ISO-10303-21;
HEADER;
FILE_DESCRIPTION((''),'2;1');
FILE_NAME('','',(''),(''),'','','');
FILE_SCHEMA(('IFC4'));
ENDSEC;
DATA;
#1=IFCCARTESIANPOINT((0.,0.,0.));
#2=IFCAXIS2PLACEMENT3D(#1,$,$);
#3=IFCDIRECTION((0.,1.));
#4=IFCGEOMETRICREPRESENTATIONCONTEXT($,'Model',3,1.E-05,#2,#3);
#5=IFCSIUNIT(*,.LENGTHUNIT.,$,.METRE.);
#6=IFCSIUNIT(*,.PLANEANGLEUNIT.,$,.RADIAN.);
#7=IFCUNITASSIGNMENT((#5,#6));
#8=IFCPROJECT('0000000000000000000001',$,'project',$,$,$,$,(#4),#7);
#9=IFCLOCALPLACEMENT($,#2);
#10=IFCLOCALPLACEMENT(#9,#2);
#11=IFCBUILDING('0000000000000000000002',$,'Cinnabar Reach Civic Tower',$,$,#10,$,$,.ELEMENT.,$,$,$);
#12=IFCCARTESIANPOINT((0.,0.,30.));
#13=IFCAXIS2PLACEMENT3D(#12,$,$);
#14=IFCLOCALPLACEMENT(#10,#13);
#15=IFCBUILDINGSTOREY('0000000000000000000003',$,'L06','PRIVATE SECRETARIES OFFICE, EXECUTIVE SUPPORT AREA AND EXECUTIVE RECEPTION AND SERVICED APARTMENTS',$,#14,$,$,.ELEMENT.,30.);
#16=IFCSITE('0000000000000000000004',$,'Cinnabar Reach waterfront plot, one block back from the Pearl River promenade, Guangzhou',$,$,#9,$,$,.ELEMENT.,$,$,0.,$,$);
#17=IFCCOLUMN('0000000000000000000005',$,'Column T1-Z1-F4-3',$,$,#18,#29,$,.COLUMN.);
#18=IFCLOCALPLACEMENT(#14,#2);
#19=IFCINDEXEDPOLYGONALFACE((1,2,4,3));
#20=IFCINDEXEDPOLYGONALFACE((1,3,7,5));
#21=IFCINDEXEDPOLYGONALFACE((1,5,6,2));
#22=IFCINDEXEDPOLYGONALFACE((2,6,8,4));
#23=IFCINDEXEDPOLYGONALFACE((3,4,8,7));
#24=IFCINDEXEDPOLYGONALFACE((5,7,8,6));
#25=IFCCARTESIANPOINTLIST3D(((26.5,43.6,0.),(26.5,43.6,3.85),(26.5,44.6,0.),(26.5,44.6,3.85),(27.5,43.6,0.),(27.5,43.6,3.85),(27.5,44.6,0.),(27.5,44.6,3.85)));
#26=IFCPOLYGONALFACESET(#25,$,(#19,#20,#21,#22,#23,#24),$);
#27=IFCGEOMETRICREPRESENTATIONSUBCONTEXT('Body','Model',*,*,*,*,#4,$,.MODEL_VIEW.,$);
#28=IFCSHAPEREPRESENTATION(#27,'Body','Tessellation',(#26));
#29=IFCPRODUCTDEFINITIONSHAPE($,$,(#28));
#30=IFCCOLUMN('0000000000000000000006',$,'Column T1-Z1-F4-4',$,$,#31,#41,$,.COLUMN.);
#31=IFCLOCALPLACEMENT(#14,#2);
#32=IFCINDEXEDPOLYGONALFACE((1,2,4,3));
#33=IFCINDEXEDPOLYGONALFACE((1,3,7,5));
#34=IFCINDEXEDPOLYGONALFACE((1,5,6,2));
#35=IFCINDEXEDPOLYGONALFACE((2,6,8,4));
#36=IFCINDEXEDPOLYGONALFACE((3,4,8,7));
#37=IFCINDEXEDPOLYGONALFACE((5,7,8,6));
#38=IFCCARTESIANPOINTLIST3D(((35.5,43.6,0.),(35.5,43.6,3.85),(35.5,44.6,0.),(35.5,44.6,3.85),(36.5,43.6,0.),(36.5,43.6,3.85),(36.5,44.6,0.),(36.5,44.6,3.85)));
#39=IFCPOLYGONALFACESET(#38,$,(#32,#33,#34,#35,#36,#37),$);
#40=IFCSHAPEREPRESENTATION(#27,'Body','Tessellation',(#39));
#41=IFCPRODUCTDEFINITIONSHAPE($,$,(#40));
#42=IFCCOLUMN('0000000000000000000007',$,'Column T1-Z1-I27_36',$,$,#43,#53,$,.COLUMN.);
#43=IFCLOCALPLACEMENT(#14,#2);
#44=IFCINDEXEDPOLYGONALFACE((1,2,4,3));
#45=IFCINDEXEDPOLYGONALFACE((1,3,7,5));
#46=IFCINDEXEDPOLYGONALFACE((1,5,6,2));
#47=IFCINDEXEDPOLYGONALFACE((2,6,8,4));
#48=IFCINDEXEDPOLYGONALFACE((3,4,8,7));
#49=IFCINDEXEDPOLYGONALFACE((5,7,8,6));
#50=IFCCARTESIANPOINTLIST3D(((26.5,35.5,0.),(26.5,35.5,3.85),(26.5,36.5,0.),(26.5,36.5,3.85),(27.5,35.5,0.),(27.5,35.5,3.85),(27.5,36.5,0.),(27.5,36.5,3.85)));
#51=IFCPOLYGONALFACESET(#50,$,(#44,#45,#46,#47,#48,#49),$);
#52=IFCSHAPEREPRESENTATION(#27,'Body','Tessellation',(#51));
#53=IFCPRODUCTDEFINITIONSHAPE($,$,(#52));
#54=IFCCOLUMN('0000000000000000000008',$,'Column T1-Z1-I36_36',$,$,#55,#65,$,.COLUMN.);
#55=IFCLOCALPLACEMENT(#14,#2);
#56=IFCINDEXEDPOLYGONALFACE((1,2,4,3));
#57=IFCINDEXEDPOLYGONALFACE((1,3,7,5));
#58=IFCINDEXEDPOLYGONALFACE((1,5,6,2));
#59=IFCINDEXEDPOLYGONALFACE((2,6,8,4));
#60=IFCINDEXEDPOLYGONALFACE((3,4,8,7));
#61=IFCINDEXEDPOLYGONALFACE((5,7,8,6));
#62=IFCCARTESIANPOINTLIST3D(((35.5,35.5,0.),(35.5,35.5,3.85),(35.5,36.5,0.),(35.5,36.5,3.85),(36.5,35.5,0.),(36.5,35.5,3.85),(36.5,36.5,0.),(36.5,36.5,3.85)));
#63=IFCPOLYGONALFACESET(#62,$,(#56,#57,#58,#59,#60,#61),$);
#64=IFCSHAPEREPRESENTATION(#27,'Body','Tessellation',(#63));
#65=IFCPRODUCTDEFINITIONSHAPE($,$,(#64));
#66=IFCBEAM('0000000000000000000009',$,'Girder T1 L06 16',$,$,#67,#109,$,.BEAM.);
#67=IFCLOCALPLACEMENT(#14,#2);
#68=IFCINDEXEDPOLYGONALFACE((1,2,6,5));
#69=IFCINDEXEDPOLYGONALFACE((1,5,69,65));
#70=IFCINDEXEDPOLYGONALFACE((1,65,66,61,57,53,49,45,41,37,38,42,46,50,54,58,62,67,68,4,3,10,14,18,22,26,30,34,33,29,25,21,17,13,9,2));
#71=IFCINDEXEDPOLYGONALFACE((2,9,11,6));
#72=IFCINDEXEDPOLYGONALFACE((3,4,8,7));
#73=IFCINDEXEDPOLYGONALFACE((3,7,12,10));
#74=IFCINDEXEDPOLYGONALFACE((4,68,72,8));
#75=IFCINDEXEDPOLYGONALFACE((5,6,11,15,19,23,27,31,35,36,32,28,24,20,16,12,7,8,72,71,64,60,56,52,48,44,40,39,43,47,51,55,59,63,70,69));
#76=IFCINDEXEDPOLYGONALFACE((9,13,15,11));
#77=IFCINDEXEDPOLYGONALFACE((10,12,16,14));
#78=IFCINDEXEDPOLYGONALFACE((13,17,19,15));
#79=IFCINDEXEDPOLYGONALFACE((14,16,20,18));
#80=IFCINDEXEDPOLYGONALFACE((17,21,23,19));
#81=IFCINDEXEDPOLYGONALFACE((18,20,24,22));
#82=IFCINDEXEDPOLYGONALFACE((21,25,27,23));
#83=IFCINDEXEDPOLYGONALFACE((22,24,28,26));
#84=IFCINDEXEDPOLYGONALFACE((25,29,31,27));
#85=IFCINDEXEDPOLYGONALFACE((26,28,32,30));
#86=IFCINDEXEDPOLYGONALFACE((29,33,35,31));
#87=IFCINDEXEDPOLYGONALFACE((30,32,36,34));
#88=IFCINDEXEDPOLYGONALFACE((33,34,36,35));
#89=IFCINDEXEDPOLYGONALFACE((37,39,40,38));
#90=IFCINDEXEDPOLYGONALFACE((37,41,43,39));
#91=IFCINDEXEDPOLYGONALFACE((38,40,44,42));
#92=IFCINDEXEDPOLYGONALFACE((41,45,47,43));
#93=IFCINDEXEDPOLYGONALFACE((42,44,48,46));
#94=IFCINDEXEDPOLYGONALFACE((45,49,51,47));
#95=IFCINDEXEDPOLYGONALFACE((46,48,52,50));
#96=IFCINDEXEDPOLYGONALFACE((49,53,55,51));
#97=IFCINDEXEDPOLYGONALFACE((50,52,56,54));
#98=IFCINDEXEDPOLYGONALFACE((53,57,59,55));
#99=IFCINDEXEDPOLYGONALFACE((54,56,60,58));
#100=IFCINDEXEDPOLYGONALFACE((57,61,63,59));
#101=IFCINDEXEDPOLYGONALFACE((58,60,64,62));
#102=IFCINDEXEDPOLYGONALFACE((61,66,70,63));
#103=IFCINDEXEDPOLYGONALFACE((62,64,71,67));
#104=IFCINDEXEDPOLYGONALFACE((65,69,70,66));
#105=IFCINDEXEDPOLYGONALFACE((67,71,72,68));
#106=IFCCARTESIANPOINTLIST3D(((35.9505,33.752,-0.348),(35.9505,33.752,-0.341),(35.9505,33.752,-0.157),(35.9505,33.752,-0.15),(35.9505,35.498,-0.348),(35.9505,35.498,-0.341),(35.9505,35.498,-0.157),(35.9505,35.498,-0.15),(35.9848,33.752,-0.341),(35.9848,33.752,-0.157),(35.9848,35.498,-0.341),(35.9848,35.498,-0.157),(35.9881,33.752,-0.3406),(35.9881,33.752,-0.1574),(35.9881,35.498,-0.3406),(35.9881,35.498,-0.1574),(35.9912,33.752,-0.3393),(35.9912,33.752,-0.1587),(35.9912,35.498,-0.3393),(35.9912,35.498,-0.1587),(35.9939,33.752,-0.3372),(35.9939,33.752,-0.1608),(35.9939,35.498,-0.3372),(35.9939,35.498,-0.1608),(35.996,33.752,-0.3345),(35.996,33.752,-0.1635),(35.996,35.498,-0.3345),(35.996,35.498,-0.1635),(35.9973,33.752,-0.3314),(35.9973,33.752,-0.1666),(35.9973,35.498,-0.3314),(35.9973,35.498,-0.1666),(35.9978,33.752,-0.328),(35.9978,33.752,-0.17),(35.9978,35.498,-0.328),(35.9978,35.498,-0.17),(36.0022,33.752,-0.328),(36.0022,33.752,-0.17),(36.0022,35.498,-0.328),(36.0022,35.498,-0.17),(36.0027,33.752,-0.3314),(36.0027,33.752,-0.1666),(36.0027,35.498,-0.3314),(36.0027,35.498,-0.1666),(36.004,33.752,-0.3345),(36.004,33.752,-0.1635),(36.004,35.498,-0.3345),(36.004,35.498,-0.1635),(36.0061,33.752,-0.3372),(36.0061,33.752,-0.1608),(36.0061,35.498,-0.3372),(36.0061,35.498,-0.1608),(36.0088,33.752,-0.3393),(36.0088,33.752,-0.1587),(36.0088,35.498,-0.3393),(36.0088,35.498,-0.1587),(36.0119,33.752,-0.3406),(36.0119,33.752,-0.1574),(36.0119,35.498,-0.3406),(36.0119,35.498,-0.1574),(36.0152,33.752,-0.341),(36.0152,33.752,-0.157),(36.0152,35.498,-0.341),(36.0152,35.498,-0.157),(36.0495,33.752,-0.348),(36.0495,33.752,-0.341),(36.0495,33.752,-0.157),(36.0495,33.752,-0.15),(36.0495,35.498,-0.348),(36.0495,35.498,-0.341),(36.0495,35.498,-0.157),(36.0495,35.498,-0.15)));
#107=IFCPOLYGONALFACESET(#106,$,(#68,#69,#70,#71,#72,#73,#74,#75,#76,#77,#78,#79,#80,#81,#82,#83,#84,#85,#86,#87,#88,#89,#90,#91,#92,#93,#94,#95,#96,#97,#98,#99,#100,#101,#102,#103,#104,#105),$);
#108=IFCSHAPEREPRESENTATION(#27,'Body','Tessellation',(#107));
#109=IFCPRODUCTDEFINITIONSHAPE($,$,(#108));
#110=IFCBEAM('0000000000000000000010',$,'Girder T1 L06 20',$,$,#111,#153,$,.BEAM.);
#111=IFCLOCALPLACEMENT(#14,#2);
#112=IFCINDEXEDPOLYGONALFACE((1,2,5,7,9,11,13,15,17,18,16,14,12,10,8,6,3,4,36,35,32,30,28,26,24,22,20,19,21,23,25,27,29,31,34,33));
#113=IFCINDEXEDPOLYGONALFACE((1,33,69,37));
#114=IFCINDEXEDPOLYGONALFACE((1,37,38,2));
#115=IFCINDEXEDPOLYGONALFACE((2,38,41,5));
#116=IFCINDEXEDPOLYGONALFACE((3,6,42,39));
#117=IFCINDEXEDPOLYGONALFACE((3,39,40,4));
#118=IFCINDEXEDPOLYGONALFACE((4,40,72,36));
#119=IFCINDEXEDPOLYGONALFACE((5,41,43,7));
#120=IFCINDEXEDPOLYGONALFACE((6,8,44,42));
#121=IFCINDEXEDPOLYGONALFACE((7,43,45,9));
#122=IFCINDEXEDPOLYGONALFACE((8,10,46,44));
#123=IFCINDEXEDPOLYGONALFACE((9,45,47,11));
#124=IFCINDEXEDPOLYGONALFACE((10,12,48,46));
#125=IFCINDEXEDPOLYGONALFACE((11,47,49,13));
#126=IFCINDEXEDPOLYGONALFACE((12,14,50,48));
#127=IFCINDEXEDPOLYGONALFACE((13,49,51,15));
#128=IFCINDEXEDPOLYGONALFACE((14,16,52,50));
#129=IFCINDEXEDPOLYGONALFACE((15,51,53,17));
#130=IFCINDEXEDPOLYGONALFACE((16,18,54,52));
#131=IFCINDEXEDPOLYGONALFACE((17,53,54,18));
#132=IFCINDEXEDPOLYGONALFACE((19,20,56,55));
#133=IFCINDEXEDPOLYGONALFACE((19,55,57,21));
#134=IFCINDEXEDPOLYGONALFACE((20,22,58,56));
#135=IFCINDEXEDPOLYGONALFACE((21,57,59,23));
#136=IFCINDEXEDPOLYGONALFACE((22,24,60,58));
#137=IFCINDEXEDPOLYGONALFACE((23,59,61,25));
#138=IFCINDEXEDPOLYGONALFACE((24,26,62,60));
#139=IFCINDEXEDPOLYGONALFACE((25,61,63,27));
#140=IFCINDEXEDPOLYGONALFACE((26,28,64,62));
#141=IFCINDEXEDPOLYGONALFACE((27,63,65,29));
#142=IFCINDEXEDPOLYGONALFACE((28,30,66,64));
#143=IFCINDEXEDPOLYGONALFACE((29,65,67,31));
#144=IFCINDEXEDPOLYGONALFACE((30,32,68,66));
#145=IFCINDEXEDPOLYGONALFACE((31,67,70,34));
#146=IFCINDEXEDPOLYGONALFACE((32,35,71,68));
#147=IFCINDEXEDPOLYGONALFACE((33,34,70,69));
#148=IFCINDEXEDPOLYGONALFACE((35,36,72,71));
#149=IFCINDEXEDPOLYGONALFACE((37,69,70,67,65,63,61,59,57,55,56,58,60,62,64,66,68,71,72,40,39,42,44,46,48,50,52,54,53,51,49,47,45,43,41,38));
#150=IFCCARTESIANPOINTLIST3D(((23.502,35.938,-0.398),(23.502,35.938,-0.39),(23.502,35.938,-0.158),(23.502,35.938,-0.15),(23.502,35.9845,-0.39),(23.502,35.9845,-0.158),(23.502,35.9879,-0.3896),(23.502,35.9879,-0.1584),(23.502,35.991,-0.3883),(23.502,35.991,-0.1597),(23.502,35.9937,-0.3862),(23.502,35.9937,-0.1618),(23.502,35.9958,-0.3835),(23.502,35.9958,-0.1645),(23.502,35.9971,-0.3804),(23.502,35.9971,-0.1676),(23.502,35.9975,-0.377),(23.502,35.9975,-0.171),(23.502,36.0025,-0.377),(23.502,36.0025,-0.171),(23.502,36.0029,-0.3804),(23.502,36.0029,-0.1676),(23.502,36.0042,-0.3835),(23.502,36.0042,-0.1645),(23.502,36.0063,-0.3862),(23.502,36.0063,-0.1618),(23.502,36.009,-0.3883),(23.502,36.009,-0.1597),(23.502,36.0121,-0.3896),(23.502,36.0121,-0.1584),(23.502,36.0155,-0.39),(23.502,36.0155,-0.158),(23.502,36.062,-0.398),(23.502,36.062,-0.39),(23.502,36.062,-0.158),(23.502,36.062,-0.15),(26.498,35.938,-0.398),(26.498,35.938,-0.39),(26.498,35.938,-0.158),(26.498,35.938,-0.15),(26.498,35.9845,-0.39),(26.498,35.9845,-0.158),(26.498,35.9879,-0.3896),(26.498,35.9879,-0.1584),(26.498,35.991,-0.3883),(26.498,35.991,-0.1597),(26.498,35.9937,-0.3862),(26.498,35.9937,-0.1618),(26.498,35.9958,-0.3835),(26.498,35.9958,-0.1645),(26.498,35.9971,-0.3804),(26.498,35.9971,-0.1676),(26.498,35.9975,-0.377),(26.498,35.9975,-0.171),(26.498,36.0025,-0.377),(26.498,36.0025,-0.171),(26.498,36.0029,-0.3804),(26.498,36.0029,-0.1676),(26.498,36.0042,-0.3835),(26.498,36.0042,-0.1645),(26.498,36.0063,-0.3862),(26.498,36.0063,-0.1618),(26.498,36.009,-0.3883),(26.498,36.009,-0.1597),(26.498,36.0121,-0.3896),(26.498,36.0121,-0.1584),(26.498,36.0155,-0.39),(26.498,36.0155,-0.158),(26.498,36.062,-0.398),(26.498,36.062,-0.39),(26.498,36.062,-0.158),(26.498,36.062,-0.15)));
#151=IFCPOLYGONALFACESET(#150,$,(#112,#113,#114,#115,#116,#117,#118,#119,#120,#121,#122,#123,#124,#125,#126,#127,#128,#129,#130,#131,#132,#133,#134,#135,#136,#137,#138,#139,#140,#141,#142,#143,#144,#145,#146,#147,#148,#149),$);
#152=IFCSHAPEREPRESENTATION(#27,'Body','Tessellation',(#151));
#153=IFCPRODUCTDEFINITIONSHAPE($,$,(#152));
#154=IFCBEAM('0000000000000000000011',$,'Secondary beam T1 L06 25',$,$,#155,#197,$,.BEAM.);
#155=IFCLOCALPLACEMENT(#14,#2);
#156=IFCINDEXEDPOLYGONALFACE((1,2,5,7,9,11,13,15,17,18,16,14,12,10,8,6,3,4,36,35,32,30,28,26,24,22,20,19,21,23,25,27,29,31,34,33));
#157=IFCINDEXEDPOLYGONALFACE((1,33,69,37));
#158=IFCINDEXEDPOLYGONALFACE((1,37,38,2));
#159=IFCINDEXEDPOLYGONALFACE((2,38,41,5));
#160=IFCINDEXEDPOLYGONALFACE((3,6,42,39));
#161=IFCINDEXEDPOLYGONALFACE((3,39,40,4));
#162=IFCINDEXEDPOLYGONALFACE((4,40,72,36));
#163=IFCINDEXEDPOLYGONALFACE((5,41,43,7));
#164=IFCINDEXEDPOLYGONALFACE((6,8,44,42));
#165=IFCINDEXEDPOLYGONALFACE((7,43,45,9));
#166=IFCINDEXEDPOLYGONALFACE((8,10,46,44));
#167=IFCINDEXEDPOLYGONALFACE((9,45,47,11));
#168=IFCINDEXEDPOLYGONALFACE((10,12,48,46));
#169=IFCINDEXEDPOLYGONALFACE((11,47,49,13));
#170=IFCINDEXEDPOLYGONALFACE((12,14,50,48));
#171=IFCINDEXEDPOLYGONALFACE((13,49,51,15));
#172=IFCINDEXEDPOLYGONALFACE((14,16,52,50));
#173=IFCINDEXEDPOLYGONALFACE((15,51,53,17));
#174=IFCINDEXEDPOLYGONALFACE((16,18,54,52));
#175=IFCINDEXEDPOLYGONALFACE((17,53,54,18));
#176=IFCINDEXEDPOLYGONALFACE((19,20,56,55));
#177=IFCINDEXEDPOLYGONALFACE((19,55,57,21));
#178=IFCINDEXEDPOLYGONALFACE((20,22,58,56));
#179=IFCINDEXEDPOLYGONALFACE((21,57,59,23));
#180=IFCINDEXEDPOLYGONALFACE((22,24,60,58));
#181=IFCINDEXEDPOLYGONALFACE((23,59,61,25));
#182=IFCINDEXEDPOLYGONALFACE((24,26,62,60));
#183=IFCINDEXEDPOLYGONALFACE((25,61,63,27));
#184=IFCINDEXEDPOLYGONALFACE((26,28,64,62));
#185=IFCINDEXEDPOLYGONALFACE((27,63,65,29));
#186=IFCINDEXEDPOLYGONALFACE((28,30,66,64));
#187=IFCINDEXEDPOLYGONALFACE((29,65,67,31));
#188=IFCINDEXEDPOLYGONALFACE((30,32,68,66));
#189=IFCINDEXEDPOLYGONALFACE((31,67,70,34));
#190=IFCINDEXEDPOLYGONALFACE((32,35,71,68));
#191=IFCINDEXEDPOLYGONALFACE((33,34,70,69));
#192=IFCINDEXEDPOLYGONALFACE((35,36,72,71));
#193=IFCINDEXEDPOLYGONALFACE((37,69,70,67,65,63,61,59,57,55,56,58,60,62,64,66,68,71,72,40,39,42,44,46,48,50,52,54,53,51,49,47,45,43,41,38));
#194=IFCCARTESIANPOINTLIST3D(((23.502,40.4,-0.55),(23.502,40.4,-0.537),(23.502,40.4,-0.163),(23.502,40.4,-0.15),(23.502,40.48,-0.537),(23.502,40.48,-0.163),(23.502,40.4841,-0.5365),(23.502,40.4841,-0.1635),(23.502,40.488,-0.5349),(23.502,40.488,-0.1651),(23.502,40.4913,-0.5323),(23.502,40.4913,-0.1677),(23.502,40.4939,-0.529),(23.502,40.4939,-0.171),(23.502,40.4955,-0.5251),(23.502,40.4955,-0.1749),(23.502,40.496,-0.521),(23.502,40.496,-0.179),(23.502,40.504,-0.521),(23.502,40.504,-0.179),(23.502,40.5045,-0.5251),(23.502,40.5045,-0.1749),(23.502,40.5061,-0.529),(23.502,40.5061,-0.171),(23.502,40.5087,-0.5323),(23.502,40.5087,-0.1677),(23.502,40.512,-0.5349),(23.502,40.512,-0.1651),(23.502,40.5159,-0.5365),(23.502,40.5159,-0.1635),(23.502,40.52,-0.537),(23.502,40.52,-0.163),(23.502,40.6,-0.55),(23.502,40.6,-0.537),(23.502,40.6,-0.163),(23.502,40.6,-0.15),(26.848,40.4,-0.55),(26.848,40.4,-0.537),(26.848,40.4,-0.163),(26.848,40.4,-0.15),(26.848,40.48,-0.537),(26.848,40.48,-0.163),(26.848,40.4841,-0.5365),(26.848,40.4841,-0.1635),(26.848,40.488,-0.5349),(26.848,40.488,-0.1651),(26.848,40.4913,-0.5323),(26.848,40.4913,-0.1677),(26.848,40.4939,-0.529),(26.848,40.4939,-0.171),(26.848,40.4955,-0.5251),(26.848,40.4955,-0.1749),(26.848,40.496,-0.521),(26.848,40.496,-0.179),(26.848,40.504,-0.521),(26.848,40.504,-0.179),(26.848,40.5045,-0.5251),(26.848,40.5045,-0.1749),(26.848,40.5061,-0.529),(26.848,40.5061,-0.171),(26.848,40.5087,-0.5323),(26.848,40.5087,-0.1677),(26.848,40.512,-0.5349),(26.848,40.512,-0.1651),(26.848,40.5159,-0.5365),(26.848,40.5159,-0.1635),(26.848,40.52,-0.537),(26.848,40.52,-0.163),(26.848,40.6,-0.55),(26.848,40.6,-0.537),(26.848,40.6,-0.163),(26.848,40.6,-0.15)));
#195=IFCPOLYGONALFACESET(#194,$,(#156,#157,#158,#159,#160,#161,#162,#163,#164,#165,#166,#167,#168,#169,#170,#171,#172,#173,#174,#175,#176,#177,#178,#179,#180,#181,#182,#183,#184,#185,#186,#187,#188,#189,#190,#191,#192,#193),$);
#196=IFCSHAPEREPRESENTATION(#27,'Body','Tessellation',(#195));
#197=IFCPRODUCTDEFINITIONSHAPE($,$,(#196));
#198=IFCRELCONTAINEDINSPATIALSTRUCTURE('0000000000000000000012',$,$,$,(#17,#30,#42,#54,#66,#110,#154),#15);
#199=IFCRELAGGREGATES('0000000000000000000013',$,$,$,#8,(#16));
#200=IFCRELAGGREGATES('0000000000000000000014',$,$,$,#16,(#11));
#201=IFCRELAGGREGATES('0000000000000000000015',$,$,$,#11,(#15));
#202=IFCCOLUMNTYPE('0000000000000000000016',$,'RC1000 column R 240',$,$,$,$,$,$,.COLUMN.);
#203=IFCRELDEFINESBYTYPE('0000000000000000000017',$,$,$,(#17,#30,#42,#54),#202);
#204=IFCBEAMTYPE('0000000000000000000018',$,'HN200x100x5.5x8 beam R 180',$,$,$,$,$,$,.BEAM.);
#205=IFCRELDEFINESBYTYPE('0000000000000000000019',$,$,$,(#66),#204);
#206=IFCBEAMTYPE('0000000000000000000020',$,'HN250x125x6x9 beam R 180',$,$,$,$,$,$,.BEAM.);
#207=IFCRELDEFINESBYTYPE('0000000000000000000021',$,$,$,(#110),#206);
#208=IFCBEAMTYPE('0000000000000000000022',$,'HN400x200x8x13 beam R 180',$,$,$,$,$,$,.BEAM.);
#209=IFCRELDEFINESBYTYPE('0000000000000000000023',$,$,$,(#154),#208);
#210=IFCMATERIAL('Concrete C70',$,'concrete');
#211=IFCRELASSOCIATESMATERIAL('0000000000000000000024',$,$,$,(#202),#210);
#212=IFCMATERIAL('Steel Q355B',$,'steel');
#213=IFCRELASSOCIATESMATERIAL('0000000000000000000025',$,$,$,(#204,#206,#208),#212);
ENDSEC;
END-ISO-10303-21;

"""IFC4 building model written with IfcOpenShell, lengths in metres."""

from ifc_helpers import new_model, si_unit, direction, frame, origin, origin_2d, place, context, subcontext, project, spatial, rectangle, i_section, extrude, material, material_profile, profile_set, type_object, element, save


model = new_model("IFC4")

# Units and contexts
model_context = context("Model", 3, precision=1e-05, world=origin(), true_north=direction((0.0, 1.0)))
body_context = subcontext(model_context, "Body", "Model", "MODEL_VIEW")
ifc_project = project(units=[si_unit("LENGTHUNIT", "METRE"), si_unit("PLANEANGLEUNIT", "RADIAN")], contexts=[model_context])

# Site, building, storey
site_placement = place(None, origin())
site = spatial("IfcSite", under=ifc_project, at=site_placement, Name="Cinnabar Reach waterfront plot, one block back from the Pearl River promenade, Guangzhou", CompositionType="ELEMENT", RefElevation=0.0)
building_placement = place(site_placement, origin())
building = spatial("IfcBuilding", under=site, at=building_placement, Name="Cinnabar Reach Civic Tower", CompositionType="ELEMENT")
storey_placement = place(building_placement, frame((0.0, 0.0, 30.0)))
storey = spatial("IfcBuildingStorey", under=building, at=storey_placement, Name="L06", Description="PRIVATE SECRETARIES OFFICE, EXECUTIVE SUPPORT AREA AND EXECUTIVE RECEPTION AND SERVICED APARTMENTS", CompositionType="ELEMENT", Elevation=30.0)

# Columns
ifc_material_1 = material(Name="Concrete C70", Category="concrete")
ifc_material_profile_1 = material_profile(ifc_material_1, rectangle(XDim=1.0, YDim=1.0, at=origin_2d()), Name="RC1000")
ifc_profile_set_1 = profile_set([ifc_material_profile_1], Name="Concrete C70")
column_type = type_object("IfcColumnType", Name="RC1000 column R 240", PredefinedType="COLUMN", material=ifc_profile_set_1)
for number, where, z_axis, x_axis, name in (
    (1, (27.0, 44.1, 0.0), (0.0, 0.0, 1.0), (1.0, 0.0, 0.0), "Column T1-Z1-F4-3"),
    (2, (36.0, 44.1, 0.0), (0.0, 0.0, 1.0), (1.0, 0.0, 0.0), "Column T1-Z1-F4-4"),
    (3, (27.0, 36.0, 0.0), (0.0, 0.0, 1.0), (1.0, 0.0, 0.0), "Column T1-Z1-I27_36"),
    (4, (36.0, 36.0, 0.0), (0.0, 0.0, 1.0), (1.0, 0.0, 0.0), "Column T1-Z1-I36_36"),
):
    element("IfcColumn", number, at=place(storey_placement, frame(where, z_axis=z_axis, x_axis=x_axis)), inside=storey, type_object=column_type, Name=name, PredefinedType="COLUMN", context=body_context, shape_type="SweptSolid", body=[
        extrude(rectangle(XDim=1.0, YDim=1.0, at=origin_2d()), origin(), (0.0, 0.0, 1.0), 3.85),
    ])

# Beams
ifc_material_2 = material(Name="Steel Q355B", Category="steel")
ifc_material_profile_2 = material_profile(ifc_material_2, i_section(OverallWidth=0.099, OverallDepth=0.198, WebThickness=0.0045, FlangeThickness=0.007, FilletRadius=0.013, at=origin_2d()), Name="HN200x100x5.5x8")
ifc_profile_set_2 = profile_set([ifc_material_profile_2], Name="Steel Q355B")
beam_type_1 = type_object("IfcBeamType", Name="HN200x100x5.5x8 beam R 180", PredefinedType="BEAM", material=ifc_profile_set_2)
beam_1_placement = place(storey_placement, frame((36.0, 33.752, -0.249), z_axis=(0.0, 1.0, 0.0), x_axis=(-1.0, 0.0, 0.0)))
element("IfcBeam", 5, at=beam_1_placement, inside=storey, type_object=beam_type_1, Name="Girder T1 L06 16", PredefinedType="BEAM", context=body_context, shape_type="SweptSolid", body=[
    extrude(i_section(OverallWidth=0.099, OverallDepth=0.198, WebThickness=0.0045, FlangeThickness=0.007, FilletRadius=0.013, at=origin_2d()), origin(), (0.0, 0.0, 1.0), 1.746),
])
ifc_material_profile_3 = material_profile(ifc_material_2, i_section(OverallWidth=0.124, OverallDepth=0.248, WebThickness=0.005, FlangeThickness=0.008, FilletRadius=0.013, at=origin_2d()), Name="HN250x125x6x9")
ifc_profile_set_3 = profile_set([ifc_material_profile_3], Name="Steel Q355B")
beam_type_2 = type_object("IfcBeamType", Name="HN250x125x6x9 beam R 180", PredefinedType="BEAM", material=ifc_profile_set_3)
beam_2_placement = place(storey_placement, frame((23.502, 36.0, -0.274), z_axis=(1.0, 0.0, 0.0), x_axis=(0.0, 1.0, 0.0)))
element("IfcBeam", 6, at=beam_2_placement, inside=storey, type_object=beam_type_2, Name="Girder T1 L06 20", PredefinedType="BEAM", context=body_context, shape_type="SweptSolid", body=[
    extrude(i_section(OverallWidth=0.124, OverallDepth=0.248, WebThickness=0.005, FlangeThickness=0.008, FilletRadius=0.013, at=origin_2d()), origin(), (0.0, 0.0, 1.0), 2.996),
])
ifc_material_profile_4 = material_profile(ifc_material_2, i_section(OverallWidth=0.2, OverallDepth=0.4, WebThickness=0.008, FlangeThickness=0.013, FilletRadius=0.016, at=origin_2d()), Name="HN400x200x8x13")
ifc_profile_set_4 = profile_set([ifc_material_profile_4], Name="Steel Q355B")
beam_type_3 = type_object("IfcBeamType", Name="HN400x200x8x13 beam R 180", PredefinedType="BEAM", material=ifc_profile_set_4)
beam_3_placement = place(storey_placement, frame((23.502, 40.5, -0.35), z_axis=(1.0, 0.0, 0.0), x_axis=(0.0, 1.0, 0.0)))
element("IfcBeam", 7, at=beam_3_placement, inside=storey, type_object=beam_type_3, Name="Secondary beam T1 L06 25", PredefinedType="BEAM", context=body_context, shape_type="SweptSolid", body=[
    extrude(i_section(OverallWidth=0.2, OverallDepth=0.4, WebThickness=0.008, FlangeThickness=0.013, FilletRadius=0.016, at=origin_2d()), origin(), (0.0, 0.0, 1.0), 3.346),
])

save(model, "model.ifc")
